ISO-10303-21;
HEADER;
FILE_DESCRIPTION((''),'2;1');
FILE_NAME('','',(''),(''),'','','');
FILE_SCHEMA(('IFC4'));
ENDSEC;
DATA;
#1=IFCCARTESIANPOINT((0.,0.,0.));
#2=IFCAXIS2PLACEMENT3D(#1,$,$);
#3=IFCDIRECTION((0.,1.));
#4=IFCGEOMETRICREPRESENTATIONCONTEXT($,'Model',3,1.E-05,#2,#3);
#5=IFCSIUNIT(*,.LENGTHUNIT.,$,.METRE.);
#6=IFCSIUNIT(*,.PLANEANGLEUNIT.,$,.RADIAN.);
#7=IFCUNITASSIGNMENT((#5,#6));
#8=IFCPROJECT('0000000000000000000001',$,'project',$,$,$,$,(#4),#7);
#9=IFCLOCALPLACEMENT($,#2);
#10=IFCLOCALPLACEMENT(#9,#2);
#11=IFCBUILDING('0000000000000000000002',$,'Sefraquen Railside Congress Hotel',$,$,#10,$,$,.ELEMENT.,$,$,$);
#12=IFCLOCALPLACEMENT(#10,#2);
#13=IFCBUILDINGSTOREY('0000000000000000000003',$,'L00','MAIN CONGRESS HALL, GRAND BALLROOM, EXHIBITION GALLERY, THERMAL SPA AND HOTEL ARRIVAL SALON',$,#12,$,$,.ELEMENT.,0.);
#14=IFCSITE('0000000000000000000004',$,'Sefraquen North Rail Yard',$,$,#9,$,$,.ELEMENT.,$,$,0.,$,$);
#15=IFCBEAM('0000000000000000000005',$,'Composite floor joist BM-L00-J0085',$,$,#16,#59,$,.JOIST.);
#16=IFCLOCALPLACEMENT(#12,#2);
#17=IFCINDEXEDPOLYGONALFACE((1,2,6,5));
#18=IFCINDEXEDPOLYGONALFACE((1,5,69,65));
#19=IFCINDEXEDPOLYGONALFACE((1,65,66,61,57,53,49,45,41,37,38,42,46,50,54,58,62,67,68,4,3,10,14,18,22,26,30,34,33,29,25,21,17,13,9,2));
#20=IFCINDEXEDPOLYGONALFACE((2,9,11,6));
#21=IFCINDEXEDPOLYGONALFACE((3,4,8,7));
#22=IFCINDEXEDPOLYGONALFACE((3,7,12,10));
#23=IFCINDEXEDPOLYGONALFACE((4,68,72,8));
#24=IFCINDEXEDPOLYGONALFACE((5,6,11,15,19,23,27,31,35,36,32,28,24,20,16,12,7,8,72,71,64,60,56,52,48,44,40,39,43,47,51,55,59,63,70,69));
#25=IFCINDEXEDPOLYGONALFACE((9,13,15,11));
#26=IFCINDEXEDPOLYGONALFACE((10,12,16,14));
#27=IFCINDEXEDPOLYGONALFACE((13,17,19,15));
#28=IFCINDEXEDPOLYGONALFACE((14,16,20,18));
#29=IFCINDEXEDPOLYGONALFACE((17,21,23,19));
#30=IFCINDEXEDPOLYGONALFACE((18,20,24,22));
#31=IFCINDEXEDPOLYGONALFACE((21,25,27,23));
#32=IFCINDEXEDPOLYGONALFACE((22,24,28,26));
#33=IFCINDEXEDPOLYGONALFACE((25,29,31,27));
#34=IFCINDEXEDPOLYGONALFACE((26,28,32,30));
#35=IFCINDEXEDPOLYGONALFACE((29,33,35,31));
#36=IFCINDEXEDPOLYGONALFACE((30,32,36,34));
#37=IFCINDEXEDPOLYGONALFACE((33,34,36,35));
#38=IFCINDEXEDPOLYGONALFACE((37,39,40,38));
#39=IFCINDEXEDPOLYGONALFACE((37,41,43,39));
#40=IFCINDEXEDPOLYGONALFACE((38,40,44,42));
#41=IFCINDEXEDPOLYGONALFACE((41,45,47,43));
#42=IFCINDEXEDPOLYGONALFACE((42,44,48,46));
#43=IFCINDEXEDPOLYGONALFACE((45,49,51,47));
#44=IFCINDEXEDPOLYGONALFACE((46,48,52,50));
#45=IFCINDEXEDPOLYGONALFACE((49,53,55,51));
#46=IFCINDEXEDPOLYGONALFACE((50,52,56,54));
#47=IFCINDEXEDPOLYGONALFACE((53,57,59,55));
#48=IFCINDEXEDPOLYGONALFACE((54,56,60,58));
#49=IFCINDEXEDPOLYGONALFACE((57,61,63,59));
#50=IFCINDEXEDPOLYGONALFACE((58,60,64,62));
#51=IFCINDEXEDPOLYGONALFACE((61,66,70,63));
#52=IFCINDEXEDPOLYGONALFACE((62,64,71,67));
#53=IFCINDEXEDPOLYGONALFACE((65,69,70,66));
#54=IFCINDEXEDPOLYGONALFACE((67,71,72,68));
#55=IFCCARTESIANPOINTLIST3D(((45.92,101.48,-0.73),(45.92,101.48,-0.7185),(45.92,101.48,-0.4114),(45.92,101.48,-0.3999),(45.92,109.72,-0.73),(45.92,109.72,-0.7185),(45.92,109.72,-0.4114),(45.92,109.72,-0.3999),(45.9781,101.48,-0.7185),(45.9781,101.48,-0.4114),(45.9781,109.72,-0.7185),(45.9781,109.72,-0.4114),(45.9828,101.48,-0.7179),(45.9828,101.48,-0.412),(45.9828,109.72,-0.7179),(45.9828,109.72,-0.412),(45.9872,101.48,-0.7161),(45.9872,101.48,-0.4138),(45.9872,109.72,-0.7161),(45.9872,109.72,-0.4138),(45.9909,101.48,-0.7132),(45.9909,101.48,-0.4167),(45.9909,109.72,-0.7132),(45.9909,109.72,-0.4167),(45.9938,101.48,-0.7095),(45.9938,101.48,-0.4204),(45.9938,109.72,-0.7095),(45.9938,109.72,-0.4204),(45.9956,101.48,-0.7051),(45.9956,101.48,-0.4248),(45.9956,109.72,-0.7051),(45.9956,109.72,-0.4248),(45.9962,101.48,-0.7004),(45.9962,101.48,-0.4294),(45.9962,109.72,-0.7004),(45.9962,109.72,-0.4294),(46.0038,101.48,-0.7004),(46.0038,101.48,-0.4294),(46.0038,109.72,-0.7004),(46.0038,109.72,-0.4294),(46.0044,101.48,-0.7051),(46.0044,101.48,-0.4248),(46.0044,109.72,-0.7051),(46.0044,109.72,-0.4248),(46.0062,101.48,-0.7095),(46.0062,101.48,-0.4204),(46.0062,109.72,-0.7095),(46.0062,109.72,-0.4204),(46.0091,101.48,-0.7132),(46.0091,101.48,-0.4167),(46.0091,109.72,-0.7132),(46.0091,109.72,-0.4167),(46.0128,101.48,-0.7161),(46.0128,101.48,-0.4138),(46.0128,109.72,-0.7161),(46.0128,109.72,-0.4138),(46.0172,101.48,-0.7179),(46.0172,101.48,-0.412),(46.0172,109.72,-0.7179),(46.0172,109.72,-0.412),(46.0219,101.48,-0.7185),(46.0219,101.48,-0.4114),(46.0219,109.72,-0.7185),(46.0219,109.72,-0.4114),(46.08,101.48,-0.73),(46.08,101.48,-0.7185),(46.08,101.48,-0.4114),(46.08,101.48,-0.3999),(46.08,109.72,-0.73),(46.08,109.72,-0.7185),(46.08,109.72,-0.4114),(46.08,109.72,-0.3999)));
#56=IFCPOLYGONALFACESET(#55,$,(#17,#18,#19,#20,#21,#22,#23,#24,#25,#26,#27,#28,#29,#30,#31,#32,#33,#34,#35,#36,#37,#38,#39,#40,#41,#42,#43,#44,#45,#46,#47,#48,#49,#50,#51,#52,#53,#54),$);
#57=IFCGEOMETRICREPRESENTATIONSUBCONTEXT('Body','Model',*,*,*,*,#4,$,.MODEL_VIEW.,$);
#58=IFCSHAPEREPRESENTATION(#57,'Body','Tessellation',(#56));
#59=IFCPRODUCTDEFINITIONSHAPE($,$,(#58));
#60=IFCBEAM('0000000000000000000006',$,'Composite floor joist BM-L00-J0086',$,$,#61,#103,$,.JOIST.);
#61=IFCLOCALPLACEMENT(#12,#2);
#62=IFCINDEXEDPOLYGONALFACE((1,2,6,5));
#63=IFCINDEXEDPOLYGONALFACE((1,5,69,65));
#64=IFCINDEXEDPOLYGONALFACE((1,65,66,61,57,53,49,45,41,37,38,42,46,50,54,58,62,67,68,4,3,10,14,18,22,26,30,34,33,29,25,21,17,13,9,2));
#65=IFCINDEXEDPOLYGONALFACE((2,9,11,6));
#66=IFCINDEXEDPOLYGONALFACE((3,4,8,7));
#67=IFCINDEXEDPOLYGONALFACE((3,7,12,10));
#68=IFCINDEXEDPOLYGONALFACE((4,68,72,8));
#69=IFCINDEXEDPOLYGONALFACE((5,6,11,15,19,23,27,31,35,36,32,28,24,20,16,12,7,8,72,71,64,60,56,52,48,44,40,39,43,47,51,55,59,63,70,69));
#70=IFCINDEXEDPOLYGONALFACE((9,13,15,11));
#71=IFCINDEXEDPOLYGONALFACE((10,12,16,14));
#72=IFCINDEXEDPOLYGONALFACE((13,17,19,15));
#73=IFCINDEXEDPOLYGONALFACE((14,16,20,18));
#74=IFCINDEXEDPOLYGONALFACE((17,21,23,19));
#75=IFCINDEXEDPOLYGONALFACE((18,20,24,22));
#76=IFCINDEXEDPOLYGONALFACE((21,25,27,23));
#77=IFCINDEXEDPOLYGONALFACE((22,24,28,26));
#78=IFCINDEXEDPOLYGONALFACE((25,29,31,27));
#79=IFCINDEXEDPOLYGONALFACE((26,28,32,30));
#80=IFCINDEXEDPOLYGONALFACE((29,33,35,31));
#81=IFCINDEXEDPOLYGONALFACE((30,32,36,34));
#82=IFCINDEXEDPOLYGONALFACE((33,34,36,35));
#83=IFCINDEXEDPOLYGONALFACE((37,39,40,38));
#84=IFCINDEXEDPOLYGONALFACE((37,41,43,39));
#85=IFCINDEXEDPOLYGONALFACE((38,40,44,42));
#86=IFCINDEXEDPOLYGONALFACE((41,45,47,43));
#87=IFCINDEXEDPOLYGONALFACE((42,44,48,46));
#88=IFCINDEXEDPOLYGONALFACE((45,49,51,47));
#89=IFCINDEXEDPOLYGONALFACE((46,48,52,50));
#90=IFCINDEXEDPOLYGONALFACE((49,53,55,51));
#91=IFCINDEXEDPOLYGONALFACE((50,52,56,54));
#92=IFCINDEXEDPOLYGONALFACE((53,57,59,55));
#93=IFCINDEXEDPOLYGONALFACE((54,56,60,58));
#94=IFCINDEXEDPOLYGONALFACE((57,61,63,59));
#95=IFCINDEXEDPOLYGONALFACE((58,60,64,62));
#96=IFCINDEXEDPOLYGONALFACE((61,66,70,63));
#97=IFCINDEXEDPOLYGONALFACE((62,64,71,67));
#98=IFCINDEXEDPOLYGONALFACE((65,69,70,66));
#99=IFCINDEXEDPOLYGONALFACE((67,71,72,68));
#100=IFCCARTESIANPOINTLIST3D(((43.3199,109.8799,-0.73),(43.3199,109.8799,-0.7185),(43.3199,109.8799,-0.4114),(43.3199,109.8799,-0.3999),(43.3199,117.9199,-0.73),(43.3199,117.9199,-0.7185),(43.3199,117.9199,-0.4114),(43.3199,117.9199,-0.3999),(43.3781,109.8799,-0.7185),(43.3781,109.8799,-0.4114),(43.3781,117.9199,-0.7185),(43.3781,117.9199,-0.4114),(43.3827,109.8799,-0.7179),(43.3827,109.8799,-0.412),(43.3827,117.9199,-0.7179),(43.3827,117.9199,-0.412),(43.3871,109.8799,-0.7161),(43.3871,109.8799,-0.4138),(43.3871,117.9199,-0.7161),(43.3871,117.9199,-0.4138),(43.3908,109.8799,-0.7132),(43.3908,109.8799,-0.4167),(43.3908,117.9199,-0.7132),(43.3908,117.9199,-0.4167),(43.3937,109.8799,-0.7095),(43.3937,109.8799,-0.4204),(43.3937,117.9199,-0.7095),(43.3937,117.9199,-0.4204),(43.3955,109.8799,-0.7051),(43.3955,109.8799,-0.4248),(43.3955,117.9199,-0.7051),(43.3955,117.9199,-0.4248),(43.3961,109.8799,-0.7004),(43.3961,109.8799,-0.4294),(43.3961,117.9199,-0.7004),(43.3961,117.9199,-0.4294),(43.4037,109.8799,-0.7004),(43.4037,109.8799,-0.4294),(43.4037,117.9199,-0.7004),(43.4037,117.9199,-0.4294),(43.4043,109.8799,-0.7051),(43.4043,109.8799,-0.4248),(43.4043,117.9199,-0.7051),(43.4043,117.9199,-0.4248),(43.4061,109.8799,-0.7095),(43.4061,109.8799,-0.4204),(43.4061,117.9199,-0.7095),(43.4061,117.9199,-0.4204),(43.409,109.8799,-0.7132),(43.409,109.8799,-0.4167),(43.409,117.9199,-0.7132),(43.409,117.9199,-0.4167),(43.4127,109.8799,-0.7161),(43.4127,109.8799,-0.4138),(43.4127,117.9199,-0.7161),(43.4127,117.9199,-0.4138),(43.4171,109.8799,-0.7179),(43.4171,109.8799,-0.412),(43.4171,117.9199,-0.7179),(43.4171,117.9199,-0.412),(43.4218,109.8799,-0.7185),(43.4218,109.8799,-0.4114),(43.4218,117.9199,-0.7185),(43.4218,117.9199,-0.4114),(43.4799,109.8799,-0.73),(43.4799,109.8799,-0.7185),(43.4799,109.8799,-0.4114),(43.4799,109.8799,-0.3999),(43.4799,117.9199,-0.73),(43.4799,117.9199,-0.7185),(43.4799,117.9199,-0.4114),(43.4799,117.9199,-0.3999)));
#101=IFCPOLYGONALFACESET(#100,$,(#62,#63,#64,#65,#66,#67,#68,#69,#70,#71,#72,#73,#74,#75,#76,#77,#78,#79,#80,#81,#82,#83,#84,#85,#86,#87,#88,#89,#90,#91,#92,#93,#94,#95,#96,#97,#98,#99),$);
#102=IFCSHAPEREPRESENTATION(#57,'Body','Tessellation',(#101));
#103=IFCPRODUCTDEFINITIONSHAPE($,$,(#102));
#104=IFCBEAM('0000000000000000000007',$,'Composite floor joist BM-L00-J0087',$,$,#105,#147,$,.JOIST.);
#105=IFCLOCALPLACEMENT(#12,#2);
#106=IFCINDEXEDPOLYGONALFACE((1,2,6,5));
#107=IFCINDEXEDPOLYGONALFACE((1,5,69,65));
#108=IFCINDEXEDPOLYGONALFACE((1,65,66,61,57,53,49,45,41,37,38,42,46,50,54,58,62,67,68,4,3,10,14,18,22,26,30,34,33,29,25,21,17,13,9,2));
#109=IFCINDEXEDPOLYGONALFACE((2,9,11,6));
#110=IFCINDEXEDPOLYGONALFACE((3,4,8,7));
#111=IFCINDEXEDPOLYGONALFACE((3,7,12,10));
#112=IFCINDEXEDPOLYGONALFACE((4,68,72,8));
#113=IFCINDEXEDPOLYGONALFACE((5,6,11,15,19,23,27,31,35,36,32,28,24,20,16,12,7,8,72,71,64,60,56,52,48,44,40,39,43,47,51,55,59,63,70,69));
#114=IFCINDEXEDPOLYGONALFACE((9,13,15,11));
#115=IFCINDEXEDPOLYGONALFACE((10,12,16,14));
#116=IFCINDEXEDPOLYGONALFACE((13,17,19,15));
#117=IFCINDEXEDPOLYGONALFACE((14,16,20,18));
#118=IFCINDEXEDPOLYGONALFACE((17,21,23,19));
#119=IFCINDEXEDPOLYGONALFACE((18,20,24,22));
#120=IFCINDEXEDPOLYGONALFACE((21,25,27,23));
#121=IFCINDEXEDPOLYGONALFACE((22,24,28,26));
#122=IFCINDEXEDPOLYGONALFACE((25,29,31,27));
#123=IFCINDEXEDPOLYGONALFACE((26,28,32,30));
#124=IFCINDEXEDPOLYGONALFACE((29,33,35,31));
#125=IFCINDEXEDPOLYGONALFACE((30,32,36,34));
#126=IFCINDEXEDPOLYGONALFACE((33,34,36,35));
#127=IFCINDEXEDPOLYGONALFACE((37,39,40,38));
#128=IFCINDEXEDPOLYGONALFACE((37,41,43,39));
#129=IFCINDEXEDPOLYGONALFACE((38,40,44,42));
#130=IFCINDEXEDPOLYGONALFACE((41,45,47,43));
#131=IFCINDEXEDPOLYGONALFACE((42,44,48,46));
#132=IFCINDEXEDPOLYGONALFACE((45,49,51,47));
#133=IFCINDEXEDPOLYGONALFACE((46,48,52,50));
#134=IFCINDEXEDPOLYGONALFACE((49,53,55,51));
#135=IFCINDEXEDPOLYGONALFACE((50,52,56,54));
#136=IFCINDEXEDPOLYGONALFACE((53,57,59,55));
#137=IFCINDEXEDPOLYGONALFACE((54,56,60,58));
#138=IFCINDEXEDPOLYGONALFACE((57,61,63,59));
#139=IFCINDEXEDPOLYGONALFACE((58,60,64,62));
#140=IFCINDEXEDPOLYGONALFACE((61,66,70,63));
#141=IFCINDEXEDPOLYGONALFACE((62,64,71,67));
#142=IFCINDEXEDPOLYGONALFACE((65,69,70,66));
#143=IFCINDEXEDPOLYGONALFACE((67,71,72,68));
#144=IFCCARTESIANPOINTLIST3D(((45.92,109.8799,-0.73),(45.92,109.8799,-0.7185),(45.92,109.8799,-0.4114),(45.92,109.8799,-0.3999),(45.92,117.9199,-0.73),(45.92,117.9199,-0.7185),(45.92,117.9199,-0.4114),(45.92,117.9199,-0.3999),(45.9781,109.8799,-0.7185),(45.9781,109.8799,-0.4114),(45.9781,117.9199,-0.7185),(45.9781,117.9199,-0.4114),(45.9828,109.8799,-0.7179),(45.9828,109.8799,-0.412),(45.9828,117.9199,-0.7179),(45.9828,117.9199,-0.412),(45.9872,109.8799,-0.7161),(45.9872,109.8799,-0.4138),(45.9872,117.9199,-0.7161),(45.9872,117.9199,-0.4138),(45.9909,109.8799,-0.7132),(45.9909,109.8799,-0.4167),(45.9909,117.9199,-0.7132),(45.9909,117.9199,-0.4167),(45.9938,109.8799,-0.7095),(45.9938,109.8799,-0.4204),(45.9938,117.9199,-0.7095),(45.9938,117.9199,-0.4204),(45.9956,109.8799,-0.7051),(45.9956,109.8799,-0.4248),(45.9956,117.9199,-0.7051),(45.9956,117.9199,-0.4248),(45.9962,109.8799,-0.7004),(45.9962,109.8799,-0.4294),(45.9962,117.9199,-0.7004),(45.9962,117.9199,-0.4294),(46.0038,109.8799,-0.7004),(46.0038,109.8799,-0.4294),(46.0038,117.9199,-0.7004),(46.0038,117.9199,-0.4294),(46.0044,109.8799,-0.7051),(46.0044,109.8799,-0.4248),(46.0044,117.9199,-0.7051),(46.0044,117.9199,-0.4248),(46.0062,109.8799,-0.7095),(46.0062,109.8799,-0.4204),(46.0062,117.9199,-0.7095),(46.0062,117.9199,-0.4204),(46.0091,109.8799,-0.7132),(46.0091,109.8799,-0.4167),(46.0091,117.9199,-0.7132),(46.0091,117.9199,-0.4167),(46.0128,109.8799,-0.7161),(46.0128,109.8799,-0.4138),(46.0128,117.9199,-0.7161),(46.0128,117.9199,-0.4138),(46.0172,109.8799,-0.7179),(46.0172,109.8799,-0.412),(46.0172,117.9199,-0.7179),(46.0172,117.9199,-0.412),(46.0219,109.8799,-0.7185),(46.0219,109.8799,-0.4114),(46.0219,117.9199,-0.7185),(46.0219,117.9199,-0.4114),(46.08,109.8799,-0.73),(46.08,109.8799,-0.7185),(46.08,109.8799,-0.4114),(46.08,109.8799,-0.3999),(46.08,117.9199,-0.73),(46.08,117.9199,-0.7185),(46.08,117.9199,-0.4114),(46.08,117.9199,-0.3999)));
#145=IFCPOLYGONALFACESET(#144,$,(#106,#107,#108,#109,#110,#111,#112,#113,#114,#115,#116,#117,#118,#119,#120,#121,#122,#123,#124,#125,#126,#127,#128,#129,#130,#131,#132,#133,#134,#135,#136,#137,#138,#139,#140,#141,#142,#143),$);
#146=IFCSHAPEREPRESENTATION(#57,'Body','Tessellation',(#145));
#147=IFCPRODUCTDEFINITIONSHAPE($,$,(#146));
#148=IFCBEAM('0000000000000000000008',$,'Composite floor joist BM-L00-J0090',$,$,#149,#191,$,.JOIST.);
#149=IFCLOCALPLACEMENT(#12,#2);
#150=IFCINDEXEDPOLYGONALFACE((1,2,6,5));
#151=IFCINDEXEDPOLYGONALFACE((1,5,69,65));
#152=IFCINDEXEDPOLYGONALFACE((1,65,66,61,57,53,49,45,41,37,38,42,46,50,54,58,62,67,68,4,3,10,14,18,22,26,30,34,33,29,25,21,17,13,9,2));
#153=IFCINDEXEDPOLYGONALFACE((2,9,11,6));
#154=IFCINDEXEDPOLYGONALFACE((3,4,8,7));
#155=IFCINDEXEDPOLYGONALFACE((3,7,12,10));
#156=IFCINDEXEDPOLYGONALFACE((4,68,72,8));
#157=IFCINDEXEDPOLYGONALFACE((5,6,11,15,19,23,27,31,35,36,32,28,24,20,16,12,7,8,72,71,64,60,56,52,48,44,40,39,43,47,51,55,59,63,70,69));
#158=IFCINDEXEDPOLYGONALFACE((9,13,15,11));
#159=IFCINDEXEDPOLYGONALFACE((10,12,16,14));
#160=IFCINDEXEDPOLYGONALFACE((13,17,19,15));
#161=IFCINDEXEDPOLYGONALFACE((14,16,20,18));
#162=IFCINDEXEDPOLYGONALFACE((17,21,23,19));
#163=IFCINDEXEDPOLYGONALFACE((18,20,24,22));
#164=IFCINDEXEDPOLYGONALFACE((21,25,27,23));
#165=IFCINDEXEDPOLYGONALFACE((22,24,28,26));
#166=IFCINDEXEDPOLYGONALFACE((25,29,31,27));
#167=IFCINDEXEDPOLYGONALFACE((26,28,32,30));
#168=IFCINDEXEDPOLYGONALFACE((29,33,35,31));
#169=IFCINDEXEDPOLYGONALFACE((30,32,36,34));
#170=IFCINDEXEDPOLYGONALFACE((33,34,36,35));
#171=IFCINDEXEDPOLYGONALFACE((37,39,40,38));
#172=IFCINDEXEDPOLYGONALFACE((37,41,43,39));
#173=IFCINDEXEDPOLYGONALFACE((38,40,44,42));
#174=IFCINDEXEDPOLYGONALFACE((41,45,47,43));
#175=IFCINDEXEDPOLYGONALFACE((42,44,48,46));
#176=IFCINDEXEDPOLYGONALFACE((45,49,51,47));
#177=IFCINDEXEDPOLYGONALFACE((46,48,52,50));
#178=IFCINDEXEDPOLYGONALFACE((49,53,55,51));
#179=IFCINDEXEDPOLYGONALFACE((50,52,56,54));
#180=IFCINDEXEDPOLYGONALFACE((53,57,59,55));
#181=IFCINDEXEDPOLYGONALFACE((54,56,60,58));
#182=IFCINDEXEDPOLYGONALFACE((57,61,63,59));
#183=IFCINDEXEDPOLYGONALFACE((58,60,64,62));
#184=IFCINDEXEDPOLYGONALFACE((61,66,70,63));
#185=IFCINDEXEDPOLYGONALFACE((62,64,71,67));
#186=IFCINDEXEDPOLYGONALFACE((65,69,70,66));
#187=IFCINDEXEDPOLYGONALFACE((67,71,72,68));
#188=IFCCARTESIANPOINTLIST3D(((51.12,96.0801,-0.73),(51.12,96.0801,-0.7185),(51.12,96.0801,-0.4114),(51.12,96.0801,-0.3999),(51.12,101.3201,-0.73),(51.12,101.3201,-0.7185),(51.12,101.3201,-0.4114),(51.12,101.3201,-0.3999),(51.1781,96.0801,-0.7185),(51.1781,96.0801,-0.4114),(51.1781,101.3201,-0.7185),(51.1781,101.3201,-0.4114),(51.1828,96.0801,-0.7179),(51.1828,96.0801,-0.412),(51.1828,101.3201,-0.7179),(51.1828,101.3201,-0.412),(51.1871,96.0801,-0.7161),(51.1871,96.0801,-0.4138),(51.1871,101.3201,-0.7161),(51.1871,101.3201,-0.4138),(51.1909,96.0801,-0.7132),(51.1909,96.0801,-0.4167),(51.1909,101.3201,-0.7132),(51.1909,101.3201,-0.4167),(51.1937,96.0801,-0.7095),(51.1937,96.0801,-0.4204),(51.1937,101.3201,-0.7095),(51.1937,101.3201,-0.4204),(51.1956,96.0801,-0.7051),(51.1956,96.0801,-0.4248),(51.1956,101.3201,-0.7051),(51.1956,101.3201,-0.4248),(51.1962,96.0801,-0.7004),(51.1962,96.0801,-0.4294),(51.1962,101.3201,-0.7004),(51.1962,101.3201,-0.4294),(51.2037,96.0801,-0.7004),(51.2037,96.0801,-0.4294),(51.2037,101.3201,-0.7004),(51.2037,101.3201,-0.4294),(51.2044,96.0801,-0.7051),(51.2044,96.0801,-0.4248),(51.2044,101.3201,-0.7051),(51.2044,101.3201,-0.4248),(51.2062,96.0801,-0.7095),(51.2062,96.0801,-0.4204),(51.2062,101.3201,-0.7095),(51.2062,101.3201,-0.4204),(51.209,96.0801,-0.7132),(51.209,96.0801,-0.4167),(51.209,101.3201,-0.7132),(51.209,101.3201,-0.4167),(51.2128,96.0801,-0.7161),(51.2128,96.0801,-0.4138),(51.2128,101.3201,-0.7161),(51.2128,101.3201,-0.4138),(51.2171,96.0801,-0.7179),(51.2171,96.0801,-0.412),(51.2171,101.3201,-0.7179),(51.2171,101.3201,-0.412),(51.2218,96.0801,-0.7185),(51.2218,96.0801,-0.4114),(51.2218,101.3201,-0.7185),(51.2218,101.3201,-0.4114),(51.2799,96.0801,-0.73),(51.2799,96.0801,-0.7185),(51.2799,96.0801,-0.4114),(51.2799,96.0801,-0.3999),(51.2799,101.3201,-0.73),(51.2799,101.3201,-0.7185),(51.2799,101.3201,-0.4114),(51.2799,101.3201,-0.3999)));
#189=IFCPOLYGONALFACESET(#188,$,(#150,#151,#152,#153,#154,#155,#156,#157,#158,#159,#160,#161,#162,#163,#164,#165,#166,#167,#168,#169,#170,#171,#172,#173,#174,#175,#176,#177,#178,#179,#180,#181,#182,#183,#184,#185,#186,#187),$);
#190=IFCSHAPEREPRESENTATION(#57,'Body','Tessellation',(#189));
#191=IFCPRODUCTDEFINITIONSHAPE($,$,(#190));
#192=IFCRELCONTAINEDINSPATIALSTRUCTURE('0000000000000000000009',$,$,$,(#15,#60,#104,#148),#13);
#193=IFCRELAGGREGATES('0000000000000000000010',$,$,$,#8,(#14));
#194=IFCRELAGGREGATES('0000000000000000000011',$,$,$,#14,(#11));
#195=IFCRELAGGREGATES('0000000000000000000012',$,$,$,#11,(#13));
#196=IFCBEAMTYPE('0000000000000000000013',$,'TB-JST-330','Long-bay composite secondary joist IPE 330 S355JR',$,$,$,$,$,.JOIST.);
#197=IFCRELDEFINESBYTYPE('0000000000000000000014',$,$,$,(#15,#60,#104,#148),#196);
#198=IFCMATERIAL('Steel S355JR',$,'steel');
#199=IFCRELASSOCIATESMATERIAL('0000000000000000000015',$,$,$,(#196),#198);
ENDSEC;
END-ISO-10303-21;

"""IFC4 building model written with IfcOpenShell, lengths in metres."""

from ifc_helpers import new_model, si_unit, direction, frame, origin, origin_2d, place, context, subcontext, project, spatial, i_section, extrude, material, material_profile, profile_set, type_object, element, save


model = new_model("IFC4")

# Units and contexts
model_context = context("Model", 3, precision=1e-05, world=origin(), true_north=direction((0.0, 1.0)))
body_context = subcontext(model_context, "Body", "Model", "MODEL_VIEW")
ifc_project = project(units=[si_unit("LENGTHUNIT", "METRE"), si_unit("PLANEANGLEUNIT", "RADIAN")], contexts=[model_context])

# Site, building, storey
site_placement = place(None, origin())
site = spatial("IfcSite", under=ifc_project, at=site_placement, Name="Sefraquen North Rail Yard", CompositionType="ELEMENT", RefElevation=0.0)
building_placement = place(site_placement, origin())
building = spatial("IfcBuilding", under=site, at=building_placement, Name="Sefraquen Railside Congress Hotel", CompositionType="ELEMENT")
storey_placement = place(building_placement, origin())
storey = spatial("IfcBuildingStorey", under=building, at=storey_placement, Name="L00", Description="MAIN CONGRESS HALL, GRAND BALLROOM, EXHIBITION GALLERY, THERMAL SPA AND HOTEL ARRIVAL SALON", CompositionType="ELEMENT", Elevation=0.0)

# Shared definitions
ifc_material_1 = material(Name="Steel S355JR", Category="steel")

# Beams
ifc_material_profile_1 = material_profile(ifc_material_1, i_section(OverallWidth=0.1599, OverallDepth=0.3301, WebThickness=0.0076, FlangeThickness=0.0115, FilletRadius=0.0181, at=origin_2d()), Name="IPE 330")
ifc_profile_set_1 = profile_set([ifc_material_profile_1], Name="Steel S355JR")
beam_type_1 = type_object("IfcBeamType", Name="TB-JST-330", Description="Long-bay composite secondary joist IPE 330 S355JR", PredefinedType="JOIST", material=ifc_profile_set_1)
for number, where, z_axis, x_axis, name in (
    (1, (46.0, 101.48, -0.5649), (0.0, 1.0, 0.0), (-1.0, 0.0, 0.0), "Composite floor joist BM-L00-J0085"),
):
    element("IfcBeam", number, at=place(storey_placement, frame(where, z_axis=z_axis, x_axis=x_axis)), inside=storey, type_object=beam_type_1, Name=name, PredefinedType="JOIST", context=body_context, shape_type="SweptSolid", body=[
        extrude(i_section(OverallWidth=0.1599, OverallDepth=0.3301, WebThickness=0.0076, FlangeThickness=0.0115, FilletRadius=0.0181, at=origin_2d()), origin(), (0.0, 0.0, 1.0), 8.24),
    ])
for number, where, z_axis, x_axis, name in (
    (2, (43.3999, 109.8799, -0.5649), (0.0, 1.0, 0.0), (-1.0, 0.0, 0.0), "Composite floor joist BM-L00-J0086"),
    (3, (46.0, 109.8799, -0.5649), (0.0, 1.0, 0.0), (-1.0, 0.0, 0.0), "Composite floor joist BM-L00-J0087"),
):
    element("IfcBeam", number, at=place(storey_placement, frame(where, z_axis=z_axis, x_axis=x_axis)), inside=storey, type_object=beam_type_1, Name=name, PredefinedType="JOIST", context=body_context, shape_type="SweptSolid", body=[
        extrude(i_section(OverallWidth=0.1599, OverallDepth=0.3301, WebThickness=0.0076, FlangeThickness=0.0115, FilletRadius=0.0181, at=origin_2d()), origin(), (0.0, 0.0, 1.0), 8.04),
    ])
for number, where, z_axis, x_axis, name in (
    (4, (51.2, 96.0801, -0.5649), (0.0, 1.0, 0.0), (-1.0, 0.0, 0.0), "Composite floor joist BM-L00-J0090"),
):
    element("IfcBeam", number, at=place(storey_placement, frame(where, z_axis=z_axis, x_axis=x_axis)), inside=storey, type_object=beam_type_1, Name=name, PredefinedType="JOIST", context=body_context, shape_type="SweptSolid", body=[
        extrude(i_section(OverallWidth=0.1599, OverallDepth=0.3301, WebThickness=0.0076, FlangeThickness=0.0115, FilletRadius=0.0181, at=origin_2d()), origin(), (0.0, 0.0, 1.0), 5.24),
    ])

save(model, "model.ifc")
